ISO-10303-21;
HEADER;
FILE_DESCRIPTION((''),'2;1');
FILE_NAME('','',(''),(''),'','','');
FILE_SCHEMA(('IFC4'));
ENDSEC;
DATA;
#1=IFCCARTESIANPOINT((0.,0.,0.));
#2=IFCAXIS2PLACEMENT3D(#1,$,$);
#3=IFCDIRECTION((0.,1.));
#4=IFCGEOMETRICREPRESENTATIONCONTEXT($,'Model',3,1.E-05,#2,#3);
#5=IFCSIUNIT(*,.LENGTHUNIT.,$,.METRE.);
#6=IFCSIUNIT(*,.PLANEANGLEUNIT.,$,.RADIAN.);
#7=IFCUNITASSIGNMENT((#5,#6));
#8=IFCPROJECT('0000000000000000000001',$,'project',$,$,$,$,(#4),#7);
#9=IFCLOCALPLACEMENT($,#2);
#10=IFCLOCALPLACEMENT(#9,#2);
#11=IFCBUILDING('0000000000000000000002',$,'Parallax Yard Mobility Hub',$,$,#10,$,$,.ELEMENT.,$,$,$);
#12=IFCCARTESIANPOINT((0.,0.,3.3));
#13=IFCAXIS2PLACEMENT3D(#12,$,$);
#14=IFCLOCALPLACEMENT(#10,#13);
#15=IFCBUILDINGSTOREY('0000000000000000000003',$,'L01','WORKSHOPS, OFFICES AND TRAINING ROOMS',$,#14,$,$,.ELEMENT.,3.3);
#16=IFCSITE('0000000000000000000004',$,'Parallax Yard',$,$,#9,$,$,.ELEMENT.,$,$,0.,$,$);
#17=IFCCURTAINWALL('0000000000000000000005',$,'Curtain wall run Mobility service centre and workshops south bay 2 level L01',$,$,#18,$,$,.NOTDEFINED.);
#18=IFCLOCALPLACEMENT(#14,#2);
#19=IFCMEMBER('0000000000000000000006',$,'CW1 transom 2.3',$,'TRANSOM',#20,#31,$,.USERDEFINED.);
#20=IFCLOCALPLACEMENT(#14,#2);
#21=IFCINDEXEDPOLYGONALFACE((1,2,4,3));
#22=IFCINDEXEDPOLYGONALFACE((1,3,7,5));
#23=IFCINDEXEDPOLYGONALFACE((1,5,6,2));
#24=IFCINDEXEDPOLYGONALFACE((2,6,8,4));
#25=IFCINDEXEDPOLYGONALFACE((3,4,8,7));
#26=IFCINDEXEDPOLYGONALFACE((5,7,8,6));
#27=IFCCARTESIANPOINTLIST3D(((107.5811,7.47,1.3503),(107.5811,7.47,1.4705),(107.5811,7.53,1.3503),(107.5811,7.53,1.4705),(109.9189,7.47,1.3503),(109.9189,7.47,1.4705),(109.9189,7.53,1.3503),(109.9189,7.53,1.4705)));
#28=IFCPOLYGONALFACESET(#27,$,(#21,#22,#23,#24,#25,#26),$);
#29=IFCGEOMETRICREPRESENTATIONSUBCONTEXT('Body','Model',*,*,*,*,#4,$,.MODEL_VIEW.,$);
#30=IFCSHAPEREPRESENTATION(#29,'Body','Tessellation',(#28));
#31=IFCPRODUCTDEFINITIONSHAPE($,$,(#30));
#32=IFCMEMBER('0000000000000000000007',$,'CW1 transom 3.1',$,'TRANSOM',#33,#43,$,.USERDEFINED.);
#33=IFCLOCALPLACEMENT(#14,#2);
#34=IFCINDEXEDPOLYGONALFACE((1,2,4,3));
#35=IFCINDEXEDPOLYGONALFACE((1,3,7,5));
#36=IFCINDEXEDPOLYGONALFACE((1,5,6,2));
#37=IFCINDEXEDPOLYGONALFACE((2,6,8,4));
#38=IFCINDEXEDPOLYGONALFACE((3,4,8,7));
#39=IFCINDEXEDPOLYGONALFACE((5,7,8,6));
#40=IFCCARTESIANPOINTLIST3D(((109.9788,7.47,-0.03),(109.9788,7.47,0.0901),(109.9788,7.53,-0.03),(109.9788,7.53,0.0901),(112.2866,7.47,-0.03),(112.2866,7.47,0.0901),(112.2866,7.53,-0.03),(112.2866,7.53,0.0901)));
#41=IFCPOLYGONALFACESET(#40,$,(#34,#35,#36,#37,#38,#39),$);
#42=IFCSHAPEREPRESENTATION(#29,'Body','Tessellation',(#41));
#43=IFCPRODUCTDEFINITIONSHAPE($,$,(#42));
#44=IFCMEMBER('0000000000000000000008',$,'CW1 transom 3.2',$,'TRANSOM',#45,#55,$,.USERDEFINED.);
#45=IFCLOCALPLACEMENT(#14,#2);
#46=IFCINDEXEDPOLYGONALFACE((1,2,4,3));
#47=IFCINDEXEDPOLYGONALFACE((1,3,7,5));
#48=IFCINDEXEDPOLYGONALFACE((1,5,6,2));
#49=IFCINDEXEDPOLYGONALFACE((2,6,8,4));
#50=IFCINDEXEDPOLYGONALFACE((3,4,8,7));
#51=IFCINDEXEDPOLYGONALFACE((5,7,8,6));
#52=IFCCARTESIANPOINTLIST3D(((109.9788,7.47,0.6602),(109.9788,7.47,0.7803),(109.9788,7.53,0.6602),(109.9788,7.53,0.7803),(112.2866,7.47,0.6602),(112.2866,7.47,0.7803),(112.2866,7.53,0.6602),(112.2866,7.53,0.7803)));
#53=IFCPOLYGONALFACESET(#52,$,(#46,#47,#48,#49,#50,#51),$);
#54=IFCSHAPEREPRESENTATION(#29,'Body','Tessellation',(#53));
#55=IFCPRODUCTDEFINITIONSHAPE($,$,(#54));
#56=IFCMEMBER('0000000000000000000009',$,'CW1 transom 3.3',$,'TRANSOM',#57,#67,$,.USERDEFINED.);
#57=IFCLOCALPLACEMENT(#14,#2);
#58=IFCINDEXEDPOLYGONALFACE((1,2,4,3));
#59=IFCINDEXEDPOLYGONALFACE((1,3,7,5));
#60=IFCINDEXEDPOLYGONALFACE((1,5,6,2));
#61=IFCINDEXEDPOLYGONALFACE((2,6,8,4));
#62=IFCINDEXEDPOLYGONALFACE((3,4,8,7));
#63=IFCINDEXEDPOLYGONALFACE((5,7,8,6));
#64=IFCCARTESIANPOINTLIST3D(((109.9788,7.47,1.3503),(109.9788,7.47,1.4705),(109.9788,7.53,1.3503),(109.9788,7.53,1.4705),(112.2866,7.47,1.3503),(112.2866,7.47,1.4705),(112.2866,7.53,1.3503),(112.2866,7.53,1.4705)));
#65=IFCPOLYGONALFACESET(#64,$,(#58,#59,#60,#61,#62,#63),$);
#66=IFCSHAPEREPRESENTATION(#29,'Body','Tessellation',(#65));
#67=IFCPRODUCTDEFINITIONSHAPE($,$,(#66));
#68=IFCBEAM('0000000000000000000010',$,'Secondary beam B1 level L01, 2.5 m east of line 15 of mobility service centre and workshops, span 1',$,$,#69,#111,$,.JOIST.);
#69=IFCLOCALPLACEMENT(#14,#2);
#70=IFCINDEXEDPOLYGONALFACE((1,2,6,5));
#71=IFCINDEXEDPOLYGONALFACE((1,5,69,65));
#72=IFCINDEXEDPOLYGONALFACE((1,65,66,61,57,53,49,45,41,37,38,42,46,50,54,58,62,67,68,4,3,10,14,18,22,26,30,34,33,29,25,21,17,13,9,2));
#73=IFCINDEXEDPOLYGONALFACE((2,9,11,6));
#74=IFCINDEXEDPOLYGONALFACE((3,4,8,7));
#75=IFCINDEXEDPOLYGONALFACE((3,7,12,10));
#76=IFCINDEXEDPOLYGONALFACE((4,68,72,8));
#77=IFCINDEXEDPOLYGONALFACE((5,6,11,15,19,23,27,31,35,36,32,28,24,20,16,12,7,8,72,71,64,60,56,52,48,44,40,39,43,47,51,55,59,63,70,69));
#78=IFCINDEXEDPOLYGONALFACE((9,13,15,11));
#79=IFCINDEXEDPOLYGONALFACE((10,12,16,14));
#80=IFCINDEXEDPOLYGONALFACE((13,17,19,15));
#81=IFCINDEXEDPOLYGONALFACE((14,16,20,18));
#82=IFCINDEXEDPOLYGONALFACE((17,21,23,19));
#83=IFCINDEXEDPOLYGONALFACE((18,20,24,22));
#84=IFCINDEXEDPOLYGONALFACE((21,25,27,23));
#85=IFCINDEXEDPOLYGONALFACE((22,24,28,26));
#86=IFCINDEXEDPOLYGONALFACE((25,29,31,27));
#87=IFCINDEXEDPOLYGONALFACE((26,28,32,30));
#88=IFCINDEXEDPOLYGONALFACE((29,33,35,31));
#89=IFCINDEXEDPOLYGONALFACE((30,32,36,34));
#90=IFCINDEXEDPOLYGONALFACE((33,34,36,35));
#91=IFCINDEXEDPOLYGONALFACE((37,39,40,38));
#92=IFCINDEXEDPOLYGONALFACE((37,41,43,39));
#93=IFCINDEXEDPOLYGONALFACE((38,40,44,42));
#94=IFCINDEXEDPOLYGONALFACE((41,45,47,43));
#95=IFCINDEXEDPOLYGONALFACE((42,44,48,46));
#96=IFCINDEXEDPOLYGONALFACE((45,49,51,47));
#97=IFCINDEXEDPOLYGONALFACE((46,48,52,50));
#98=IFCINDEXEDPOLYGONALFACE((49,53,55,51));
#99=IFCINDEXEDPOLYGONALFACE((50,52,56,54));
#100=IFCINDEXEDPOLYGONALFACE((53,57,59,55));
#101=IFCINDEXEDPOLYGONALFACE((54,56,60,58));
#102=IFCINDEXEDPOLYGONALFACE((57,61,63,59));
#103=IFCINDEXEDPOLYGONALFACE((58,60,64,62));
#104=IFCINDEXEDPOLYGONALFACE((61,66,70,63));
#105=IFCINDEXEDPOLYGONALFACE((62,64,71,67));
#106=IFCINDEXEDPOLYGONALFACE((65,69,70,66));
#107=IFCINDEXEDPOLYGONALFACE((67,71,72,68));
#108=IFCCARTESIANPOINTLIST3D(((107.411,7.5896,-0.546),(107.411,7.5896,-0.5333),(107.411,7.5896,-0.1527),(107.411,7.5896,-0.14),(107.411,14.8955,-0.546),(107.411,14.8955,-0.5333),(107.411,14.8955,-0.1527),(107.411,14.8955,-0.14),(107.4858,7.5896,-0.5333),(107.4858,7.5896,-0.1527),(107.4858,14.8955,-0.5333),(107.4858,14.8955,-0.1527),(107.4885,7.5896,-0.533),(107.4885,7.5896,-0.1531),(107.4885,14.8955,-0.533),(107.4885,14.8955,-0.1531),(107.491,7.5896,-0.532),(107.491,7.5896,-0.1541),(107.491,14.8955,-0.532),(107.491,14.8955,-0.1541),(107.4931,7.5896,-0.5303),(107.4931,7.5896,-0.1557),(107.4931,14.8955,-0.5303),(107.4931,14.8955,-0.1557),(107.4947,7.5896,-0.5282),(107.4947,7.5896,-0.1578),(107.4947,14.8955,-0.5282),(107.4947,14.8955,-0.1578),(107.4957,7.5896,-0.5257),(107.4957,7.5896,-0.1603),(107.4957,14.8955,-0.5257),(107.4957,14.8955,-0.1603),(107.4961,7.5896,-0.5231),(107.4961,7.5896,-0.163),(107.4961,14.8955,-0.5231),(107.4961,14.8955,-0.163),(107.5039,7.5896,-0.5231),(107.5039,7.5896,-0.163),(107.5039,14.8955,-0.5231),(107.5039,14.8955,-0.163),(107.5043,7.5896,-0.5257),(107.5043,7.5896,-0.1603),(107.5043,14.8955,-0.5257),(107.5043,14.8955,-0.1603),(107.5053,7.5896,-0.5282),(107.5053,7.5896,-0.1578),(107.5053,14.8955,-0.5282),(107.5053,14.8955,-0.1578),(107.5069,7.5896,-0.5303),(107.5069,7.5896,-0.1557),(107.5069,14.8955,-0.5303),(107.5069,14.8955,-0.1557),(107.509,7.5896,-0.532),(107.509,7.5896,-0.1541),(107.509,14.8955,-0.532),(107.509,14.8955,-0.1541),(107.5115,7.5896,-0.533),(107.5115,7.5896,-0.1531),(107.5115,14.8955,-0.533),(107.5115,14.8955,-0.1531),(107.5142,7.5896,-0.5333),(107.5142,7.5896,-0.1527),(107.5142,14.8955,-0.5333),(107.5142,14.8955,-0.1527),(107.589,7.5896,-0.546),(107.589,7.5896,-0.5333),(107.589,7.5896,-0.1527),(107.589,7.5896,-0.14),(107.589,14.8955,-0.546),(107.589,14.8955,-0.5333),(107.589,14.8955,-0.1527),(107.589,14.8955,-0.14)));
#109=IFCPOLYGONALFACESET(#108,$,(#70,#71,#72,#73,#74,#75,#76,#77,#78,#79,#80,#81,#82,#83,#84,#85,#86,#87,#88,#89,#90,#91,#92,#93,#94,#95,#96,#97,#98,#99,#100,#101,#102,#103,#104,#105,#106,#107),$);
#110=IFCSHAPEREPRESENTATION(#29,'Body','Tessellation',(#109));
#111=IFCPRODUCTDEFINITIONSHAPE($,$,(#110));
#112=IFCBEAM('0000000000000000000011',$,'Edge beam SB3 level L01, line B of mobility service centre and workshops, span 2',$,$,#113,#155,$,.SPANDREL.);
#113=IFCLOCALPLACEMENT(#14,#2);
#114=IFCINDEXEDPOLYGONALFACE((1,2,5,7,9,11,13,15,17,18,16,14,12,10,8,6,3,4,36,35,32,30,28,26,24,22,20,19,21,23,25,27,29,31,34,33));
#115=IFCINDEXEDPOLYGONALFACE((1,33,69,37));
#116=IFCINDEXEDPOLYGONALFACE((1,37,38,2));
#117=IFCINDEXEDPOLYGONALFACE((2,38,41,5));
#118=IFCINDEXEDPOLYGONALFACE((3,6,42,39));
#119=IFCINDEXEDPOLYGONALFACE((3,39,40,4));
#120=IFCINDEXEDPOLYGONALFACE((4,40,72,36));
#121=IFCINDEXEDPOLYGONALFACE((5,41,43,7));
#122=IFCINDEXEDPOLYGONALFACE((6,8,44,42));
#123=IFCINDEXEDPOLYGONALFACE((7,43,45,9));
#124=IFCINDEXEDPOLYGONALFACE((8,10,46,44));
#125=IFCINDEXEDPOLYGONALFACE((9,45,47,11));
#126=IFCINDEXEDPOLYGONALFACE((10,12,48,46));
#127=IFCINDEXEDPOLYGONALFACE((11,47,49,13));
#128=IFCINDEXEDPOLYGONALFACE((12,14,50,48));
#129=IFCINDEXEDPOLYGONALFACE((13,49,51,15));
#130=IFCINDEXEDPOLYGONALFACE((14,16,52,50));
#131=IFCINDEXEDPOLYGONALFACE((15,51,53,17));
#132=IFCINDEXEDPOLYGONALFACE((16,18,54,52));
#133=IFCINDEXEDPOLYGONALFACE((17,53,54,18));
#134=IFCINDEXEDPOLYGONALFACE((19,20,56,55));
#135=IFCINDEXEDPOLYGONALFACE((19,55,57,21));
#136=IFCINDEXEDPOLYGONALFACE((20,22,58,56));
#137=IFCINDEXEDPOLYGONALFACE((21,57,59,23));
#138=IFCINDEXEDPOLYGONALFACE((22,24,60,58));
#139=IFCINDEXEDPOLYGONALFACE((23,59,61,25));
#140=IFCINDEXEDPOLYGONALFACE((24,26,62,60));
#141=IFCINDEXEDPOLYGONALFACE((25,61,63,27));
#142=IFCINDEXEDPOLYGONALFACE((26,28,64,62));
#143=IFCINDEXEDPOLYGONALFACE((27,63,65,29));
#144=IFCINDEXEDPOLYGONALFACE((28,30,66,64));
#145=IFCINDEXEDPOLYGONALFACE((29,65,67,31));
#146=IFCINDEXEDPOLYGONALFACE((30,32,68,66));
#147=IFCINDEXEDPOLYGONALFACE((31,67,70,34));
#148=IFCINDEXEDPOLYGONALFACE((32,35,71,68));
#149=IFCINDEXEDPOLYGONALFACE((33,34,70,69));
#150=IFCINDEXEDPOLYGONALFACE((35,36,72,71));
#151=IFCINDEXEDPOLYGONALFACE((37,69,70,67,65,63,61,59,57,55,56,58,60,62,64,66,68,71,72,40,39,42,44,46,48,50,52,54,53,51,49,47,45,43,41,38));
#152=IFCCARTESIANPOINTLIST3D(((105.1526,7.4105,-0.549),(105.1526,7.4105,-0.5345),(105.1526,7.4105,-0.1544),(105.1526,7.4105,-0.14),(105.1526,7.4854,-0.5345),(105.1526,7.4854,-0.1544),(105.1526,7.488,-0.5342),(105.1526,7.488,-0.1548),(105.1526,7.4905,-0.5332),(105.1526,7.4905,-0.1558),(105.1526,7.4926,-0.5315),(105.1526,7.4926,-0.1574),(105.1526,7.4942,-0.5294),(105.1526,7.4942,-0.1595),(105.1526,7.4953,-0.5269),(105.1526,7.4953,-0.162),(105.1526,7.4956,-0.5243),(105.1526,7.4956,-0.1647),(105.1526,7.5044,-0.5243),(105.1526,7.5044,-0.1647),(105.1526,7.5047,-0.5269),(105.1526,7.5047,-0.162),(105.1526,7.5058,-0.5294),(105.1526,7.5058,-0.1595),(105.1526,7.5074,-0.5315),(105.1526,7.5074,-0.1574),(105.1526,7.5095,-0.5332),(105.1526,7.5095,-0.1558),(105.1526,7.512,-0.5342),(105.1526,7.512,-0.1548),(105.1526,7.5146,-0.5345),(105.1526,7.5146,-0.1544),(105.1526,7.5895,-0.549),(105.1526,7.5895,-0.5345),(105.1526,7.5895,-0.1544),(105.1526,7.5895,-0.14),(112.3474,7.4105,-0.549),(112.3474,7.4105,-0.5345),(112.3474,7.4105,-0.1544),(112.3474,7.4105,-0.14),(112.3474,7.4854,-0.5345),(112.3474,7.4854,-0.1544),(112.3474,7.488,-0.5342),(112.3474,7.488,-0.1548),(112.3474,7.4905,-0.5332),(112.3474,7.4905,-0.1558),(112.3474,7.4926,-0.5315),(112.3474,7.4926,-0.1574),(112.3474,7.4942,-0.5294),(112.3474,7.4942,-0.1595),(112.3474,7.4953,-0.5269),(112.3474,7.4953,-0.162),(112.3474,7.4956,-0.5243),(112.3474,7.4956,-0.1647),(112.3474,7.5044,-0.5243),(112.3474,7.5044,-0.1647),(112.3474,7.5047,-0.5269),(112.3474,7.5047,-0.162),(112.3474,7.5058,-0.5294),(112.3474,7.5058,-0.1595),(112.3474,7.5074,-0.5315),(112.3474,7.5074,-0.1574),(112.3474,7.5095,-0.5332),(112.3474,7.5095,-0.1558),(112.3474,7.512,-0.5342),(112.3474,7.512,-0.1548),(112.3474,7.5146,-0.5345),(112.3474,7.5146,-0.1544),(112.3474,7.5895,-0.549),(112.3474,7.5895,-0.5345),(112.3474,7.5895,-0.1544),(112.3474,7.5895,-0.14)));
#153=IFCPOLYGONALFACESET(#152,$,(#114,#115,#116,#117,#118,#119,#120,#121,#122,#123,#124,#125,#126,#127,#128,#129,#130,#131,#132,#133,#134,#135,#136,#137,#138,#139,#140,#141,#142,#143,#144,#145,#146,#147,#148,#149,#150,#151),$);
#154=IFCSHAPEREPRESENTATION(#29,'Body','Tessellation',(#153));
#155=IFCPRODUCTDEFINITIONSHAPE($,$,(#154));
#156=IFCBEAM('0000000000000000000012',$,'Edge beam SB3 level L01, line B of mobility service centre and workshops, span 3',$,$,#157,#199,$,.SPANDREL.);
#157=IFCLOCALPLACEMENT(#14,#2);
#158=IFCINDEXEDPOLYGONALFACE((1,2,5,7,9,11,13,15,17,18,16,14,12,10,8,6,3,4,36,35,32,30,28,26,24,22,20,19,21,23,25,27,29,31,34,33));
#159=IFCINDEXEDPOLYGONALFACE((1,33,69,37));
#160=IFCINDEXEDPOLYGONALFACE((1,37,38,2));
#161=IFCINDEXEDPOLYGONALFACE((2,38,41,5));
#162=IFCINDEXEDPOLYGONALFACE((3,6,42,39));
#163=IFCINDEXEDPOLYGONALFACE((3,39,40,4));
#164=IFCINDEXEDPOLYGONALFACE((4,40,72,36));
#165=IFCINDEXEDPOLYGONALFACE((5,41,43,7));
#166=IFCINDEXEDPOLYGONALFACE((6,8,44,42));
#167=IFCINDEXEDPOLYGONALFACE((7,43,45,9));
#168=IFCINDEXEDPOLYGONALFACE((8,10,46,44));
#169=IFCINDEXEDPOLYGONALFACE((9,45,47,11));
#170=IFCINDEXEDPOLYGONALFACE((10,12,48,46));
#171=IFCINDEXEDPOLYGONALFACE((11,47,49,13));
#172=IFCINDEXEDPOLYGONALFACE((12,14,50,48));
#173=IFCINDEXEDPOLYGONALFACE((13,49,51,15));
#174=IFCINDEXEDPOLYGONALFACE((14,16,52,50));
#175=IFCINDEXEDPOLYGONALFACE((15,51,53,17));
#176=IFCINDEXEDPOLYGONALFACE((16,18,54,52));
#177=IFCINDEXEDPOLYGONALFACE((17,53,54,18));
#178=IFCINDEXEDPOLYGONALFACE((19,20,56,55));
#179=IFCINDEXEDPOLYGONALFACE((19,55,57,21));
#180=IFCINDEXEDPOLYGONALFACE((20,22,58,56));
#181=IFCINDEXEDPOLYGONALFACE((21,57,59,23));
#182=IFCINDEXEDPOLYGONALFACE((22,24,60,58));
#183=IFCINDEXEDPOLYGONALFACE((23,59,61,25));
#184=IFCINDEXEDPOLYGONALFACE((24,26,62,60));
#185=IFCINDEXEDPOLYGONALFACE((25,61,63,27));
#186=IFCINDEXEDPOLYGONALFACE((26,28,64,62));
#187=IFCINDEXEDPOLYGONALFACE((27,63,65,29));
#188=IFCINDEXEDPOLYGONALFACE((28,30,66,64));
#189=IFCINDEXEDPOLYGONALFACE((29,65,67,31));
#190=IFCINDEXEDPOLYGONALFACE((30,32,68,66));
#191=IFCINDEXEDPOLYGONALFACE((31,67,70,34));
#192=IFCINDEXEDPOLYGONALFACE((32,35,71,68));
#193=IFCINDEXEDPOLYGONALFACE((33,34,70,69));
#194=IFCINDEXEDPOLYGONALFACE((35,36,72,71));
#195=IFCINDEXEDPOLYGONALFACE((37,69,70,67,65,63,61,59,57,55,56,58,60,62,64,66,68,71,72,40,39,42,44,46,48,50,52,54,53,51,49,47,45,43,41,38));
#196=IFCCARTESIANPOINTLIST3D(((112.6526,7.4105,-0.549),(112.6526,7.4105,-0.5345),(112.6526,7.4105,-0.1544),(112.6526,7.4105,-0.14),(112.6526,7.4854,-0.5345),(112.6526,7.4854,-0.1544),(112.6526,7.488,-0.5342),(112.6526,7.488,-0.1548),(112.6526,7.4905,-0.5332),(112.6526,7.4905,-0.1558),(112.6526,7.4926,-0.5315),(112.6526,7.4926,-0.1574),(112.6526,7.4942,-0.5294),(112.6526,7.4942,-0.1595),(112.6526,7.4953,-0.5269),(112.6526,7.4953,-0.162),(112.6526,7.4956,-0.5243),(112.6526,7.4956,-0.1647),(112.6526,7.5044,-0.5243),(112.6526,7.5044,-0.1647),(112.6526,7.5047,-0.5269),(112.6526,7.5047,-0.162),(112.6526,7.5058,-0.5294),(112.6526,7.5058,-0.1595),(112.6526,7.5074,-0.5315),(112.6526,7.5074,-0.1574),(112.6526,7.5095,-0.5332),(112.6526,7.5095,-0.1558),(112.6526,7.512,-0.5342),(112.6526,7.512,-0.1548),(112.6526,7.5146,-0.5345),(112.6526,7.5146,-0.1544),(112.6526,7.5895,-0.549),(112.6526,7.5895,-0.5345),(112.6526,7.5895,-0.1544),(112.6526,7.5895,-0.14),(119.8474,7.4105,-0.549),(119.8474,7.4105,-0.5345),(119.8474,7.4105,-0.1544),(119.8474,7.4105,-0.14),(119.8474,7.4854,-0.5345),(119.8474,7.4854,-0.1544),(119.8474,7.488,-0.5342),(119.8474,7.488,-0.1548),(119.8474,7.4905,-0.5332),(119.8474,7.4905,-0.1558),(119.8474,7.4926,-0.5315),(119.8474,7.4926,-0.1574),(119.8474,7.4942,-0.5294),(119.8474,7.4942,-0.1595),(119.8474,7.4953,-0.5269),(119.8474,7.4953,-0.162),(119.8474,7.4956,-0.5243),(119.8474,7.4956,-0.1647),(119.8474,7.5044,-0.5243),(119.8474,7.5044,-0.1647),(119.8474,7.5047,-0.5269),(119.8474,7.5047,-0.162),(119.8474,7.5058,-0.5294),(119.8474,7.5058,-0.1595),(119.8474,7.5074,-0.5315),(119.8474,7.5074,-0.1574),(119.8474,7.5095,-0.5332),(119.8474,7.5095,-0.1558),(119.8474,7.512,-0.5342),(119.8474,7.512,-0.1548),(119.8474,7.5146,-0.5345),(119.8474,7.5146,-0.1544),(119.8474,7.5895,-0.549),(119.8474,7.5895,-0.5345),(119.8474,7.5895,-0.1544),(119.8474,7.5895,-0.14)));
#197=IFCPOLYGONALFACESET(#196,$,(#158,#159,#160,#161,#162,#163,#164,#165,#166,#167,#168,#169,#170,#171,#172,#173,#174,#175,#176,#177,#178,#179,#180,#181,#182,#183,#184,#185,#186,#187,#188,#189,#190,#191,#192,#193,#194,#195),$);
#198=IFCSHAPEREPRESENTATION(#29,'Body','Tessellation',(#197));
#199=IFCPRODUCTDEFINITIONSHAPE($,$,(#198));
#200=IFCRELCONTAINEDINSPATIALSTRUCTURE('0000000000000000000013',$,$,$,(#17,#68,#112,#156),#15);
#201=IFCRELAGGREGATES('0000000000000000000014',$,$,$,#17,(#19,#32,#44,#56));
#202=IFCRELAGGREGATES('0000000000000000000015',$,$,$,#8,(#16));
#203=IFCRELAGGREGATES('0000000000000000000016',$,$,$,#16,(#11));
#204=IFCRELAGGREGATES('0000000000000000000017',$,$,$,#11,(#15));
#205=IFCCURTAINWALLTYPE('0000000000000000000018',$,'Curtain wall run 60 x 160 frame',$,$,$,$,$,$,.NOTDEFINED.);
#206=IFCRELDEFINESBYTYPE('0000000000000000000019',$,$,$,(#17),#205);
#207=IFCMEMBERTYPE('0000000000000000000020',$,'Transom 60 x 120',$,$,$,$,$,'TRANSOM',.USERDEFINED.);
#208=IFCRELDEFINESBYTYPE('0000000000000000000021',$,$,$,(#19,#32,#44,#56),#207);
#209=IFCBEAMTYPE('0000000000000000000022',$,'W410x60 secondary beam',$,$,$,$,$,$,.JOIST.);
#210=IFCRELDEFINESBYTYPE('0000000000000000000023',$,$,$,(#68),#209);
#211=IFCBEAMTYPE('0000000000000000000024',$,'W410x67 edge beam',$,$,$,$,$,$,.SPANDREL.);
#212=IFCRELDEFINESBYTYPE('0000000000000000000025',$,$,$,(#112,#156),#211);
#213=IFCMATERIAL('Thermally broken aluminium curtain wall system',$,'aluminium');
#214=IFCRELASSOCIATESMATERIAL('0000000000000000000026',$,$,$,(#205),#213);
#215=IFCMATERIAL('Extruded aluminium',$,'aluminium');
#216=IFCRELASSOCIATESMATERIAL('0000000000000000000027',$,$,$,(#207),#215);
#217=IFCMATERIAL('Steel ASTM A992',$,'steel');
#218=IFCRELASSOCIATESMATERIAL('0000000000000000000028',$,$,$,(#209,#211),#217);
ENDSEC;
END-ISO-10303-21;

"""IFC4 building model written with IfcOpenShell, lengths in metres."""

from ifc_helpers import new_model, si_unit, direction, frame, origin, origin_2d, place, context, subcontext, project, spatial, rectangle, i_section, extrude, material, material_profile, profile_set, type_object, element, aggregate, save


model = new_model("IFC4")

# Units and contexts
model_context = context("Model", 3, precision=1e-05, world=origin(), true_north=direction((0.0, 1.0)))
body_context = subcontext(model_context, "Body", "Model", "MODEL_VIEW")
ifc_project = project(units=[si_unit("LENGTHUNIT", "METRE"), si_unit("PLANEANGLEUNIT", "RADIAN")], contexts=[model_context])

# Site, building, storey
site_placement = place(None, origin())
site = spatial("IfcSite", under=ifc_project, at=site_placement, Name="Parallax Yard", CompositionType="ELEMENT", RefElevation=0.0)
building_placement = place(site_placement, origin())
building = spatial("IfcBuilding", under=site, at=building_placement, Name="Parallax Yard Mobility Hub", CompositionType="ELEMENT")
storey_placement = place(building_placement, frame((0.0, 0.0, 3.3)))
storey = spatial("IfcBuildingStorey", under=building, at=storey_placement, Name="L01", Description="WORKSHOPS, OFFICES AND TRAINING ROOMS", CompositionType="ELEMENT", Elevation=3.3)

# Shared definitions
ifc_material_1 = material(Name="Steel ASTM A992", Category="steel")

# Curtain wall, members
ifc_material_2 = material(Name="Thermally broken aluminium curtain wall system", Category="aluminium")
curtain_wall_type = type_object("IfcCurtainWallType", Name="Curtain wall run 60 x 160 frame", PredefinedType="NOTDEFINED", material=ifc_material_2)
curtain_wall_placement = place(storey_placement, origin())
curtain_wall = element("IfcCurtainWall", 1, at=curtain_wall_placement, inside=storey, type_object=curtain_wall_type, Name="Curtain wall run Mobility service centre and workshops south bay 2 level L01", PredefinedType="NOTDEFINED")
ifc_material_3 = material(Name="Extruded aluminium", Category="aluminium")
ifc_material_profile_1 = material_profile(ifc_material_3, rectangle(XDim=0.0601, YDim=0.1201, at=origin_2d()), Name="Transom 60 x 120")
ifc_profile_set_1 = profile_set([ifc_material_profile_1], Name="Extruded aluminium")
member_type_1 = type_object("IfcMemberType", Name="Transom 60 x 120", ElementType="TRANSOM", PredefinedType="USERDEFINED", material=ifc_profile_set_1)
member_1_placement = place(storey_placement, frame((107.5811, 7.5, 1.4104), z_axis=(1.0, 0.0, 0.0), x_axis=(0.0, 1.0, 0.0)))
member_1 = element("IfcMember", 2, at=member_1_placement, type_object=member_type_1, Name="CW1 transom 2.3", ObjectType="TRANSOM", PredefinedType="USERDEFINED", context=body_context, shape_type="SweptSolid", body=[
    extrude(rectangle(XDim=0.0601, YDim=0.1201, at=origin_2d()), origin(), (0.0, 0.0, 1.0), 2.3379),
])
member_2_placement = place(storey_placement, frame((109.9788, 7.5, 0.03), z_axis=(1.0, 0.0, 0.0), x_axis=(0.0, 1.0, 0.0)))
member_2 = element("IfcMember", 3, at=member_2_placement, type_object=member_type_1, Name="CW1 transom 3.1", ObjectType="TRANSOM", PredefinedType="USERDEFINED", context=body_context, shape_type="SweptSolid", body=[
    extrude(rectangle(XDim=0.0601, YDim=0.1201, at=origin_2d()), origin(), (0.0, 0.0, 1.0), 2.3079),
])
member_3_placement = place(storey_placement, frame((109.9788, 7.5, 0.7202), z_axis=(1.0, 0.0, 0.0), x_axis=(0.0, 1.0, 0.0)))
member_3 = element("IfcMember", 4, at=member_3_placement, type_object=member_type_1, Name="CW1 transom 3.2", ObjectType="TRANSOM", PredefinedType="USERDEFINED", context=body_context, shape_type="SweptSolid", body=[
    extrude(rectangle(XDim=0.0601, YDim=0.1201, at=origin_2d()), origin(), (0.0, 0.0, 1.0), 2.3079),
])
member_4_placement = place(storey_placement, frame((109.9788, 7.5, 1.4104), z_axis=(1.0, 0.0, 0.0), x_axis=(0.0, 1.0, 0.0)))
member_4 = element("IfcMember", 5, at=member_4_placement, type_object=member_type_1, Name="CW1 transom 3.3", ObjectType="TRANSOM", PredefinedType="USERDEFINED", context=body_context, shape_type="SweptSolid", body=[
    extrude(rectangle(XDim=0.0601, YDim=0.1201, at=origin_2d()), origin(), (0.0, 0.0, 1.0), 2.3079),
])

# Beams
ifc_material_profile_2 = material_profile(ifc_material_1, i_section(OverallWidth=0.178, OverallDepth=0.406, WebThickness=0.0078, FlangeThickness=0.0127, FilletRadius=0.0103, at=origin_2d()), Name="W410x60")
ifc_profile_set_2 = profile_set([ifc_material_profile_2], Name="Steel ASTM A992")
beam_type_1 = type_object("IfcBeamType", Name="W410x60 secondary beam", PredefinedType="JOIST", material=ifc_profile_set_2)
beam_1_placement = place(storey_placement, frame((107.5, 7.5896, -0.343), z_axis=(0.0, 1.0, 0.0), x_axis=(-1.0, 0.0, 0.0)))
element("IfcBeam", 6, at=beam_1_placement, inside=storey, type_object=beam_type_1, Name="Secondary beam B1 level L01, 2.5 m east of line 15 of mobility service centre and workshops, span 1", PredefinedType="JOIST", context=body_context, shape_type="SweptSolid", body=[
    extrude(i_section(OverallWidth=0.178, OverallDepth=0.406, WebThickness=0.0078, FlangeThickness=0.0127, FilletRadius=0.0103, at=origin_2d()), origin(), (0.0, 0.0, 1.0), 7.3059),
])
ifc_material_profile_3 = material_profile(ifc_material_1, i_section(OverallWidth=0.179, OverallDepth=0.4089, WebThickness=0.0088, FlangeThickness=0.0144, FilletRadius=0.0103, at=origin_2d()), Name="W410x67")
ifc_profile_set_3 = profile_set([ifc_material_profile_3], Name="Steel ASTM A992")
beam_type_2 = type_object("IfcBeamType", Name="W410x67 edge beam", PredefinedType="SPANDREL", material=ifc_profile_set_3)
for number, where, z_axis, x_axis, name in (
    (7, (105.1526, 7.5, -0.3445), (1.0, 0.0, 0.0), (0.0, 1.0, 0.0), "Edge beam SB3 level L01, line B of mobility service centre and workshops, span 2"),
    (8, (112.6526, 7.5, -0.3445), (1.0, 0.0, 0.0), (0.0, 1.0, 0.0), "Edge beam SB3 level L01, line B of mobility service centre and workshops, span 3"),
):
    element("IfcBeam", number, at=place(storey_placement, frame(where, z_axis=z_axis, x_axis=x_axis)), inside=storey, type_object=beam_type_2, Name=name, PredefinedType="SPANDREL", context=body_context, shape_type="SweptSolid", body=[
        extrude(i_section(OverallWidth=0.179, OverallDepth=0.4089, WebThickness=0.0088, FlangeThickness=0.0144, FilletRadius=0.0103, at=origin_2d()), origin(), (0.0, 0.0, 1.0), 7.1948),
    ])

aggregate(curtain_wall, [member_1, member_2, member_3, member_4])

save(model, "model.ifc")
